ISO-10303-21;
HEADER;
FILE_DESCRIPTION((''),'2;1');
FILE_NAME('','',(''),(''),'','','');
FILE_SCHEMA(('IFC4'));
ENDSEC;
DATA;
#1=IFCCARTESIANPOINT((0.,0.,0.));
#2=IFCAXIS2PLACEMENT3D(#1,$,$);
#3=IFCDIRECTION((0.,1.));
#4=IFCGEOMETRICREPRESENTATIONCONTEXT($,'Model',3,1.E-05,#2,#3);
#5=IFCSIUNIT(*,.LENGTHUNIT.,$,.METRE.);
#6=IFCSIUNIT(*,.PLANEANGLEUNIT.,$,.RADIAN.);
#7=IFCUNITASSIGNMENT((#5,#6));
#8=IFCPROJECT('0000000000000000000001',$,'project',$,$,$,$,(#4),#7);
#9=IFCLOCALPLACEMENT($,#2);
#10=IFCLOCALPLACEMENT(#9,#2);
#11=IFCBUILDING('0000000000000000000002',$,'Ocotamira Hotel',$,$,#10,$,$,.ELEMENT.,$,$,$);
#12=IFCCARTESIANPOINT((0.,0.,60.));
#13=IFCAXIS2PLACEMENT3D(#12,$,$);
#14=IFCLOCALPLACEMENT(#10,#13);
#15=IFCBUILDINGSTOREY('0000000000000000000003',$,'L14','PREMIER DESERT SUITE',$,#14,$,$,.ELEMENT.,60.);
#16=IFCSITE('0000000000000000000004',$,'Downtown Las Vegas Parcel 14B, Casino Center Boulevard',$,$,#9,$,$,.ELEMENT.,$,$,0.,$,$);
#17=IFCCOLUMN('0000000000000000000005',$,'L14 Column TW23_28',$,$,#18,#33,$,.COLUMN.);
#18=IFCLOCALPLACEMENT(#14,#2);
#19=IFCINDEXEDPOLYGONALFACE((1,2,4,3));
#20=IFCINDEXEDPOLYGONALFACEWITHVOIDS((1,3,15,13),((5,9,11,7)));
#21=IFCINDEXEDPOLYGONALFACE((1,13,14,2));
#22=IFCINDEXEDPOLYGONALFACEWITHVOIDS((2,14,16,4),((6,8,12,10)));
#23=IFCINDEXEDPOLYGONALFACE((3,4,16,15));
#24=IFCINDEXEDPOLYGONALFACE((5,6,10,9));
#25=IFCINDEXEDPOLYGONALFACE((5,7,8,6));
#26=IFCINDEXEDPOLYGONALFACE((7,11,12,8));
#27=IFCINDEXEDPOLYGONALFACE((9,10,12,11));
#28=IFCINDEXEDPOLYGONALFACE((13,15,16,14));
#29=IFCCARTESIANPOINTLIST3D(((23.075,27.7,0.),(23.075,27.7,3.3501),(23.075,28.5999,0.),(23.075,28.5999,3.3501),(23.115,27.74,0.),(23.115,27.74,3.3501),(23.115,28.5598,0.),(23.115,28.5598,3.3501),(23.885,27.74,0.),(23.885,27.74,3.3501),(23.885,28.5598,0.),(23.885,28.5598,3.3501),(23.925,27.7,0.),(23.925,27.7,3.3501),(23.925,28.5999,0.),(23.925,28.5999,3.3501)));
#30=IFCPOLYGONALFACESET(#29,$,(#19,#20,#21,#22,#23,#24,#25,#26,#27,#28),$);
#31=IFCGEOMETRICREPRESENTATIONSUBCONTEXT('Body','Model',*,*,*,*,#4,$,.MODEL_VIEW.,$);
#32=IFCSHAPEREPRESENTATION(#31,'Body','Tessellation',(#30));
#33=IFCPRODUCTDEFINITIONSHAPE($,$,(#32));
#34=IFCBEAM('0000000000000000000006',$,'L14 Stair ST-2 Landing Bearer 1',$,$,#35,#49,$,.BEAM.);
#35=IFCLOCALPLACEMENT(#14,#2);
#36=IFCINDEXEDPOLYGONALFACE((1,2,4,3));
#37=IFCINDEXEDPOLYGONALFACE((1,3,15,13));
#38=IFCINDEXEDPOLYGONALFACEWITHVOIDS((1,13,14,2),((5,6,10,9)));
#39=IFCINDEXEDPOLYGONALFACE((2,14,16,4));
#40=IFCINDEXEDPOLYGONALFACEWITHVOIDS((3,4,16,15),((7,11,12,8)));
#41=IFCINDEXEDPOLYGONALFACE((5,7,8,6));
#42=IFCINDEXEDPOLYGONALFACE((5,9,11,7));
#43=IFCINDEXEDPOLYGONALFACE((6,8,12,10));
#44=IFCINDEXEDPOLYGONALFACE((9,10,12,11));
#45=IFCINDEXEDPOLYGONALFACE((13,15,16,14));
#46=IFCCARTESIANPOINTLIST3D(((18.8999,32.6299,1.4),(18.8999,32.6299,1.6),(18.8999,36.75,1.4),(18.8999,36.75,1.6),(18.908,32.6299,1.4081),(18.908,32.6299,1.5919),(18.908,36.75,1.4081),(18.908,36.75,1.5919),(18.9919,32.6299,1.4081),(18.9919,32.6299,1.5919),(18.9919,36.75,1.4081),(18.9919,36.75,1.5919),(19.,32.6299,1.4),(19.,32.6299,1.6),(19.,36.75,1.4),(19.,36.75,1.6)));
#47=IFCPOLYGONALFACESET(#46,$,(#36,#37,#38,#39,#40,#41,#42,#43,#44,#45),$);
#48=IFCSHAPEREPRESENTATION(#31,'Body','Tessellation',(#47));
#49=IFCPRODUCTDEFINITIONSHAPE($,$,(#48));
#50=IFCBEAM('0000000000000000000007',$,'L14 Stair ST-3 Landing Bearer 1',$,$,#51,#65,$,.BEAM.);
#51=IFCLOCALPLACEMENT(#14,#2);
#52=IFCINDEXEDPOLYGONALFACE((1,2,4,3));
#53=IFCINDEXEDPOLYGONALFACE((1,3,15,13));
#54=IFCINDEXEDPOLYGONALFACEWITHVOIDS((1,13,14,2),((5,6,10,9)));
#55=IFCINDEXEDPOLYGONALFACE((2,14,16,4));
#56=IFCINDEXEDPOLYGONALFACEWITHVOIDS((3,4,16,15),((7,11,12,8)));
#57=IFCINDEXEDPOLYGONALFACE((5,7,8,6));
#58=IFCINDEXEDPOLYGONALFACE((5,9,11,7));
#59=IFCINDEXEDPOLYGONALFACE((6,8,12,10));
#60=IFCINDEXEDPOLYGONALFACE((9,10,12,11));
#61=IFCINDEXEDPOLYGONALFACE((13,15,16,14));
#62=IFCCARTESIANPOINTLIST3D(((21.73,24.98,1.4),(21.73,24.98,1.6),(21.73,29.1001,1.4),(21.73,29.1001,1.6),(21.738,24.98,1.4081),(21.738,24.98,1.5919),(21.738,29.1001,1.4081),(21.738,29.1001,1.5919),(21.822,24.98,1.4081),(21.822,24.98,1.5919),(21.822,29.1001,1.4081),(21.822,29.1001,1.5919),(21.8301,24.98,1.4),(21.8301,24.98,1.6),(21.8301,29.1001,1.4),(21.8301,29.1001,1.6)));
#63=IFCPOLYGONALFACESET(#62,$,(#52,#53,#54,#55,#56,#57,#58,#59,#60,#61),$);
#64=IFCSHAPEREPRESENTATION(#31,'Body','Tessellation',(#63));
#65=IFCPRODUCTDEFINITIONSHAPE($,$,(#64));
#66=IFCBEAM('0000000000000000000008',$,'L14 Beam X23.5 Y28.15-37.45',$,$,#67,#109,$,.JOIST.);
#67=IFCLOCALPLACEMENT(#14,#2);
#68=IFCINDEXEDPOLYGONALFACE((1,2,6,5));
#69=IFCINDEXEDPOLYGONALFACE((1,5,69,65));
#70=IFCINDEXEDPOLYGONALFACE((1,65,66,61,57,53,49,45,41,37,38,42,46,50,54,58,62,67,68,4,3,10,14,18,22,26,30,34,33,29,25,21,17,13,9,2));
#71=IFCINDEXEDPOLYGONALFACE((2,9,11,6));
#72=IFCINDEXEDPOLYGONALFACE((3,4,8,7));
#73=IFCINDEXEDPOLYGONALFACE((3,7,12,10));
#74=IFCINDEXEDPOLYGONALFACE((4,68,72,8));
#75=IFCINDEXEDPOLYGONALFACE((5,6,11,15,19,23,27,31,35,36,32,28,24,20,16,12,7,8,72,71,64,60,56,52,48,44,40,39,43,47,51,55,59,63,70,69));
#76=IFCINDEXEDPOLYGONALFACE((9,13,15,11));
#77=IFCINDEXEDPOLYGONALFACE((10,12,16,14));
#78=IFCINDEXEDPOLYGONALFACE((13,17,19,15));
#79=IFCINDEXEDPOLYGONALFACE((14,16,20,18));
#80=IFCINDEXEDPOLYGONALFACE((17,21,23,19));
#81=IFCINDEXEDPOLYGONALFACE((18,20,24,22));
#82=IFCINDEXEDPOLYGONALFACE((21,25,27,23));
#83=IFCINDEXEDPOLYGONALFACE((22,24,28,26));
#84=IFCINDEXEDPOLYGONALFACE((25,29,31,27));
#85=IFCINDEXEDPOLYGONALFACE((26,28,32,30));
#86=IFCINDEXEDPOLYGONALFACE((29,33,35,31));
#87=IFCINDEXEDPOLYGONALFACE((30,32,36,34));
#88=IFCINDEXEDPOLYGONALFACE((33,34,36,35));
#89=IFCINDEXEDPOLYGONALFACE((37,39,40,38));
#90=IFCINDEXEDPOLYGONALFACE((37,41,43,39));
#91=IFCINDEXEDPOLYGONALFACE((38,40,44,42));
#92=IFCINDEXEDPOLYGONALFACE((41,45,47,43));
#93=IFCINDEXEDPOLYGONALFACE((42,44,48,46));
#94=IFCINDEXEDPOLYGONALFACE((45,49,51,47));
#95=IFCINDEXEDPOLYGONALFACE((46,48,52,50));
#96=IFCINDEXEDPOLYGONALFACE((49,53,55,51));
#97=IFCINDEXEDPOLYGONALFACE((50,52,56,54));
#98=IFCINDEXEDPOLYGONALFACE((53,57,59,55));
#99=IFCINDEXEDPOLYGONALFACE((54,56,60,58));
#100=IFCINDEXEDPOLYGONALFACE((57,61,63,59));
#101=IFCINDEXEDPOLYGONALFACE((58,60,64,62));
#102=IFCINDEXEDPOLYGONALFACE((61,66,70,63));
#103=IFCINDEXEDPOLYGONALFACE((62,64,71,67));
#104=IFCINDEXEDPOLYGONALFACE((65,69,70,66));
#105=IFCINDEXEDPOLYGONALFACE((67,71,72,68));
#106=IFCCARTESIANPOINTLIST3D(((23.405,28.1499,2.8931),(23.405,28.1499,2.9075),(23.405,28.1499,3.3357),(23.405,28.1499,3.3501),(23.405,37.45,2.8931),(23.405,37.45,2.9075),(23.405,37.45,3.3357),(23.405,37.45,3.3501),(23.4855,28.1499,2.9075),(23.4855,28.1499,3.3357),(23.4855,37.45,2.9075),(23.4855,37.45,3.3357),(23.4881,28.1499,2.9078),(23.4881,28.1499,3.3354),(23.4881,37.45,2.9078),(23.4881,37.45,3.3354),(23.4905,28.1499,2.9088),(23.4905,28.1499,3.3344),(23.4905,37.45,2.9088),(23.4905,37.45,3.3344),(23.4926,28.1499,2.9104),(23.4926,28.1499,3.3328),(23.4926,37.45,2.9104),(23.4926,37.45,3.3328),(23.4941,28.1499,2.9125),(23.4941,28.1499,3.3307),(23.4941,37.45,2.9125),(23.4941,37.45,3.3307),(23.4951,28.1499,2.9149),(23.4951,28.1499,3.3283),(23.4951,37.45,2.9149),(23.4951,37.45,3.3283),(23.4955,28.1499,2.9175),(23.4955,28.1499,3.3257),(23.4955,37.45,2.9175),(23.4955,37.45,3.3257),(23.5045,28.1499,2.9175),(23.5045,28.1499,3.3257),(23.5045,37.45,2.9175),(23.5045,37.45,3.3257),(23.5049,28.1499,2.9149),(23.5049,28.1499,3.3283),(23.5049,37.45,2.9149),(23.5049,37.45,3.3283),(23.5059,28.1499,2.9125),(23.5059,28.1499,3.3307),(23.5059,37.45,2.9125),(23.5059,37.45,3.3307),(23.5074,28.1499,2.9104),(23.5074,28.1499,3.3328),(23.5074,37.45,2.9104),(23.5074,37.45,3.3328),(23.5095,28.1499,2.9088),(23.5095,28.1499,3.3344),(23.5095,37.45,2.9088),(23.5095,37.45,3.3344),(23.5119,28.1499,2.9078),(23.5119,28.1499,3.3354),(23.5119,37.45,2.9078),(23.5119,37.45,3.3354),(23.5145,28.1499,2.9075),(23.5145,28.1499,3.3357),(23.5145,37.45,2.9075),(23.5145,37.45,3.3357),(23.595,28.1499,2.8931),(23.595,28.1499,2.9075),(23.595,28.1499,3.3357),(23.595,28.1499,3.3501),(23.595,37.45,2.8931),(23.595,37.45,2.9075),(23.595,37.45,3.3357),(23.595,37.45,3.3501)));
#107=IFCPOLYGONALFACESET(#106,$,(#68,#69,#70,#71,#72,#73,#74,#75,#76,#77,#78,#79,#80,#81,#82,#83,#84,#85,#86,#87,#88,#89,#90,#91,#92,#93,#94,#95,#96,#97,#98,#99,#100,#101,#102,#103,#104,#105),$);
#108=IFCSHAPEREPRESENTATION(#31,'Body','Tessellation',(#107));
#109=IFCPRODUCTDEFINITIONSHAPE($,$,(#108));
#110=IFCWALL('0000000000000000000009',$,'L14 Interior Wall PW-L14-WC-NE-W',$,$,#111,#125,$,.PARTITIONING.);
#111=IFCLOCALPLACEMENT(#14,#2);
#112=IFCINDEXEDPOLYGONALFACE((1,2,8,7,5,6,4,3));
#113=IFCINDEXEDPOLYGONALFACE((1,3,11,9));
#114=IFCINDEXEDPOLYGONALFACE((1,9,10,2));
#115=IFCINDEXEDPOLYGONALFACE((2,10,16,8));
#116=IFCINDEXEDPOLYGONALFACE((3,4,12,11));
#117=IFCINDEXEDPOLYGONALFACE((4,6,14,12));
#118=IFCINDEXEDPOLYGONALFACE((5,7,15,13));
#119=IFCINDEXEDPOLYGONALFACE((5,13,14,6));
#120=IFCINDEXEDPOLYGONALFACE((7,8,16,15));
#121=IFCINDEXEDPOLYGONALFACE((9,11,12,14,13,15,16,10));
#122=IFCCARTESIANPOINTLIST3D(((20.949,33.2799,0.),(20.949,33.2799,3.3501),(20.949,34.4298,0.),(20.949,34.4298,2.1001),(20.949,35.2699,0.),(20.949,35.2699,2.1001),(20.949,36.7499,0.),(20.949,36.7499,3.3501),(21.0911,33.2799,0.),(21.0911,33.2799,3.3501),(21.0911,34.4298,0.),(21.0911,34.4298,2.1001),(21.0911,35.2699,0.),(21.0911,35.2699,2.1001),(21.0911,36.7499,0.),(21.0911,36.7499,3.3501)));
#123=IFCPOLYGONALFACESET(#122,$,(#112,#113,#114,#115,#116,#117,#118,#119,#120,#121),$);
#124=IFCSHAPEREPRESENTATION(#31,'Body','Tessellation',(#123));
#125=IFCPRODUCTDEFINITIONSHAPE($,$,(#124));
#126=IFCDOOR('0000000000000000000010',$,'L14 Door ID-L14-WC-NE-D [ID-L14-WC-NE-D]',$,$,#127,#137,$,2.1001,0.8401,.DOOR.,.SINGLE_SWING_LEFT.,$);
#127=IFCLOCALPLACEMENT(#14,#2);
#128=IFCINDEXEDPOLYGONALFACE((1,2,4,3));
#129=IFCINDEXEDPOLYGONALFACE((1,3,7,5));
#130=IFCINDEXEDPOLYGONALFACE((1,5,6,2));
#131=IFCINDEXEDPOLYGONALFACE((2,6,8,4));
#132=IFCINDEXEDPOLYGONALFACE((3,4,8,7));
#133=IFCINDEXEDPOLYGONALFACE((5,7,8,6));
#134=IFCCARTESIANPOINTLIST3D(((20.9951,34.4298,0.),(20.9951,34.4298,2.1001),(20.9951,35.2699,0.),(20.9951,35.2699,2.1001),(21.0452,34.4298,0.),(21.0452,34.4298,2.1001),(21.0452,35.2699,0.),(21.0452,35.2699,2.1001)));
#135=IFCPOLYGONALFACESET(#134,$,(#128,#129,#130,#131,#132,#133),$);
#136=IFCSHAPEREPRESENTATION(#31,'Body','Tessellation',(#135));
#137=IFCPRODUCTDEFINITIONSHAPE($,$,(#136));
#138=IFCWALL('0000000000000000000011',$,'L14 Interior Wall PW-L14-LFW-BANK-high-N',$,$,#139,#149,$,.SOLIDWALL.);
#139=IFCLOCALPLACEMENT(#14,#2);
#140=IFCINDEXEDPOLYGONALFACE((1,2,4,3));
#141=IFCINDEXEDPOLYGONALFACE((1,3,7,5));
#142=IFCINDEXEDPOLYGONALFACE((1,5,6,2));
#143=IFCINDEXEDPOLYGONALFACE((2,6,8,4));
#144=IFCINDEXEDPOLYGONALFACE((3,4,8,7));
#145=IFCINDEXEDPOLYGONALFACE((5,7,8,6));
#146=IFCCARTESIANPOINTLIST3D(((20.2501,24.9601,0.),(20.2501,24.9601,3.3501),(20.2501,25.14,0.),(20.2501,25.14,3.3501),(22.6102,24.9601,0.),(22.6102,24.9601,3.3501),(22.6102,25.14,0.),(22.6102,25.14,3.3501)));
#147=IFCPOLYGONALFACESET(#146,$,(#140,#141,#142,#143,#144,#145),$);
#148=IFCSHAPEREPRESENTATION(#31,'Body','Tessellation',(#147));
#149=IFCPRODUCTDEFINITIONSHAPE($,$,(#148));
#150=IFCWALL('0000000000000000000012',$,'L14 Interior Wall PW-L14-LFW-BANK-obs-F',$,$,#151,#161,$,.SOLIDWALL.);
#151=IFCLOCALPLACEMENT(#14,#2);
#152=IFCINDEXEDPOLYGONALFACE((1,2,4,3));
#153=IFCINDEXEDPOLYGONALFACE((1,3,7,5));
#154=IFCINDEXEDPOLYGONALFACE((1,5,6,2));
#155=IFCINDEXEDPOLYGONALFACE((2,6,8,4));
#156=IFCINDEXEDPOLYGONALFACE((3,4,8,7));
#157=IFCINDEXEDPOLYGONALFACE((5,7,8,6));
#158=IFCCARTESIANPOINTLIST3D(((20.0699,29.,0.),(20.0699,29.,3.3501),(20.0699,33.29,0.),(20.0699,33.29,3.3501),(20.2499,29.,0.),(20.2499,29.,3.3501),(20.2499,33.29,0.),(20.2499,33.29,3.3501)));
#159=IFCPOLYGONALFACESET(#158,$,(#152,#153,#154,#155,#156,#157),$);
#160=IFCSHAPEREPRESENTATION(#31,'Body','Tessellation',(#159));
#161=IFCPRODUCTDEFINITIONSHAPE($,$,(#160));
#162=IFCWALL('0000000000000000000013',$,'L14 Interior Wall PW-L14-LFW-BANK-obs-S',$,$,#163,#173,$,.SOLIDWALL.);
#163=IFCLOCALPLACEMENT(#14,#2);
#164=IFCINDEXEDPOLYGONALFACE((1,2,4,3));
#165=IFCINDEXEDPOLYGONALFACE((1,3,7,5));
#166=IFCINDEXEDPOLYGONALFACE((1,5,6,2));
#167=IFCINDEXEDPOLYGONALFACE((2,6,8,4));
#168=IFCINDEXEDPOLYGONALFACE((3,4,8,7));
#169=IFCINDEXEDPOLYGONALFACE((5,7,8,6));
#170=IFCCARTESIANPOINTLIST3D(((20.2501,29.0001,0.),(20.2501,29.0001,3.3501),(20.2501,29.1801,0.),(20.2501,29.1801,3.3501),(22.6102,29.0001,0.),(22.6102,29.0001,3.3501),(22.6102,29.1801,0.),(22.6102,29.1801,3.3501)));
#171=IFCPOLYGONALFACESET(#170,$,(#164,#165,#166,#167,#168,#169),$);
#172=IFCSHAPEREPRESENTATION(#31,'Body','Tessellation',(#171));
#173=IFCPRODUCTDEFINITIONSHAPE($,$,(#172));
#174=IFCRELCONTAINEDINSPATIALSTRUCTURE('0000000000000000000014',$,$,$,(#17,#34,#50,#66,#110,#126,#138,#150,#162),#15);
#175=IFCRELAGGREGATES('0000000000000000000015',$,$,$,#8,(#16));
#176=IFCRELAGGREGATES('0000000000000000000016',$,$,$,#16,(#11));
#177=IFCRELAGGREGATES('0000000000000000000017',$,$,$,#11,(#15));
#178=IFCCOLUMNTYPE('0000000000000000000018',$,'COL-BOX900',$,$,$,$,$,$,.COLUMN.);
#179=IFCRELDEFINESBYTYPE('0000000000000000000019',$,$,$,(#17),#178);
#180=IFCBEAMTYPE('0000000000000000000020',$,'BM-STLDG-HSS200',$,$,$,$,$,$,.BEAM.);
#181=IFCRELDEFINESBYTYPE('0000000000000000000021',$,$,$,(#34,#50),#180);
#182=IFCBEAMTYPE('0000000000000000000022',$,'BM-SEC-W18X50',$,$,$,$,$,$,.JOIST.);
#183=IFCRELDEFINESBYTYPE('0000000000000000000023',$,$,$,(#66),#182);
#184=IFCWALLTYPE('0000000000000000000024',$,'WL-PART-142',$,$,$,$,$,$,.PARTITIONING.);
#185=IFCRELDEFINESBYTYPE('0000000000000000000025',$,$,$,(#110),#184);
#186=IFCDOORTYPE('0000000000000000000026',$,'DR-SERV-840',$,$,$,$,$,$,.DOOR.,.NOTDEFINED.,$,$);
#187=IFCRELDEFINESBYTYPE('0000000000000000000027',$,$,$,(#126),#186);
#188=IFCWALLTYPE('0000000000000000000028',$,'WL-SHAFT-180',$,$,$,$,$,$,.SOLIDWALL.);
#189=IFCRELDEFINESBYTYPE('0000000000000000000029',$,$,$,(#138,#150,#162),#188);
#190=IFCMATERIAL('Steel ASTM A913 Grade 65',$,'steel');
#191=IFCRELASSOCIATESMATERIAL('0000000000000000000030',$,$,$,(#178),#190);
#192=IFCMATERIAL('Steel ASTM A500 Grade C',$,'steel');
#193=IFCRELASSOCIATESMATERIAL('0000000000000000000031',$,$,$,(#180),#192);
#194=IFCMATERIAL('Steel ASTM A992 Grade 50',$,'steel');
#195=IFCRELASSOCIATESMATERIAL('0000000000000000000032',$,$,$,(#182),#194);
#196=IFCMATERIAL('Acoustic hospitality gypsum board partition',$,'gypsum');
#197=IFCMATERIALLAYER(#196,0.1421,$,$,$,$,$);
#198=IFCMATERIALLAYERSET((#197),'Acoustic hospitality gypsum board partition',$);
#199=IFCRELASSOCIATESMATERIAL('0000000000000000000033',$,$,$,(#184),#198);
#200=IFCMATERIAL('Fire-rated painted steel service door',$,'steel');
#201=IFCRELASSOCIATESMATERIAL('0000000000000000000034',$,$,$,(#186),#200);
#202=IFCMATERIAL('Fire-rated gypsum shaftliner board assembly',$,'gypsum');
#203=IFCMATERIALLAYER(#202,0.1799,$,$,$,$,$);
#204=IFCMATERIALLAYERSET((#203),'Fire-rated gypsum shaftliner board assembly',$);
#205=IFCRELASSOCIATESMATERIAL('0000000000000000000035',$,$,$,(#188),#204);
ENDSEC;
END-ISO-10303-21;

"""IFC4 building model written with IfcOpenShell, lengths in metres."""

from ifc_helpers import new_model, si_unit, direction, frame, frame_2d, origin, origin_2d, place, context, subcontext, project, spatial, rectangle, hollow_rectangle, i_section, extrude, source, transform, mapped, material, layer, layer_set, material_profile, profile_set, type_object, element, fill, save


model = new_model("IFC4")

# Units and contexts
model_context = context("Model", 3, precision=1e-05, world=origin(), true_north=direction((0.0, 1.0)))
body_context = subcontext(model_context, "Body", "Model", "MODEL_VIEW")
ifc_project = project(units=[si_unit("LENGTHUNIT", "METRE"), si_unit("PLANEANGLEUNIT", "RADIAN")], contexts=[model_context])

# Site, building, storey
site_placement = place(None, origin())
site = spatial("IfcSite", under=ifc_project, at=site_placement, Name="Downtown Las Vegas Parcel 14B, Casino Center Boulevard", CompositionType="ELEMENT", RefElevation=0.0)
building_placement = place(site_placement, origin())
building = spatial("IfcBuilding", under=site, at=building_placement, Name="Ocotamira Hotel", CompositionType="ELEMENT")
storey_placement = place(building_placement, frame((0.0, 0.0, 60.0)))
storey = spatial("IfcBuildingStorey", under=building, at=storey_placement, Name="L14", Description="PREMIER DESERT SUITE", CompositionType="ELEMENT", Elevation=60.0)

# Column
ifc_material_1 = material(Name="Steel ASTM A913 Grade 65", Category="steel")
ifc_material_profile_1 = material_profile(ifc_material_1, hollow_rectangle(XDim=0.8501, YDim=0.8999, WallThickness=0.04, at=origin_2d()), Name="BOX900X850X40")
ifc_profile_set_1 = profile_set([ifc_material_profile_1], Name="Steel ASTM A913 Grade 65")
column_type = type_object("IfcColumnType", Name="COL-BOX900", PredefinedType="COLUMN", material=ifc_profile_set_1)
shared_shape_1 = source(origin(), body_context, "Body", "SweptSolid", [
    extrude(hollow_rectangle(XDim=0.8501, YDim=0.8999, WallThickness=0.04, at=origin_2d()), origin(), (0.0, 0.0, 1.0), 3.3501),
])
column_placement = place(storey_placement, frame((23.5, 28.1499, 0.0), z_axis=(0.0, 0.0, 1.0), x_axis=(1.0, 0.0, 0.0)))
element("IfcColumn", 1, at=column_placement, inside=storey, type_object=column_type, Name="L14 Column TW23_28", PredefinedType="COLUMN", context=body_context, shape_type="MappedRepresentation", body=[
    mapped(shared_shape_1, transform((0.0, 0.0, 0.0), scale=1.0)),
])

# Beams
ifc_material_2 = material(Name="Steel ASTM A500 Grade C", Category="steel")
ifc_material_profile_2 = material_profile(ifc_material_2, hollow_rectangle(XDim=0.1001, YDim=0.2, WallThickness=0.0081, at=origin_2d()), Name="HSS200X100X8")
ifc_profile_set_2 = profile_set([ifc_material_profile_2], Name="Steel ASTM A500 Grade C")
beam_type_1 = type_object("IfcBeamType", Name="BM-STLDG-HSS200", PredefinedType="BEAM", material=ifc_profile_set_2)
shared_shape_2 = source(origin(), body_context, "Body", "SweptSolid", [
    extrude(hollow_rectangle(XDim=0.1001, YDim=0.2, WallThickness=0.0081, at=origin_2d()), origin(), (0.0, 0.0, 1.0), 4.1201),
])
for number, where, z_axis, x_axis, name in (
    (2, (18.95, 32.6299, 1.5), (0.0, 1.0, 0.0), (-1.0, 0.0, 0.0), "L14 Stair ST-2 Landing Bearer 1"),
    (3, (21.78, 24.98, 1.5), (0.0, 1.0, 0.0), (-1.0, 0.0, 0.0), "L14 Stair ST-3 Landing Bearer 1"),
):
    element("IfcBeam", number, at=place(storey_placement, frame(where, z_axis=z_axis, x_axis=x_axis)), inside=storey, type_object=beam_type_1, Name=name, PredefinedType="BEAM", context=body_context, shape_type="MappedRepresentation", body=[
        mapped(shared_shape_2, transform((0.0, 0.0, 0.0), scale=1.0)),
    ])
ifc_material_3 = material(Name="Steel ASTM A992 Grade 50", Category="steel")
ifc_material_profile_3 = material_profile(ifc_material_3, i_section(OverallWidth=0.1899, OverallDepth=0.457, WebThickness=0.009, FlangeThickness=0.0144, FilletRadius=0.01, at=origin_2d()), Name="W18X50")
ifc_profile_set_3 = profile_set([ifc_material_profile_3], Name="Steel ASTM A992 Grade 50")
beam_type_2 = type_object("IfcBeamType", Name="BM-SEC-W18X50", PredefinedType="JOIST", material=ifc_profile_set_3)
shared_shape_3 = source(origin(), body_context, "Body", "SweptSolid", [
    extrude(i_section(OverallWidth=0.1899, OverallDepth=0.457, WebThickness=0.009, FlangeThickness=0.0144, FilletRadius=0.01, at=origin_2d()), origin(), (0.0, 0.0, 1.0), 9.3),
])
beam_placement = place(storey_placement, frame((23.5, 28.1499, 3.1216), z_axis=(0.0, 1.0, 0.0), x_axis=(-1.0, 0.0, 0.0)))
element("IfcBeam", 4, at=beam_placement, inside=storey, type_object=beam_type_2, Name="L14 Beam X23.5 Y28.15-37.45", PredefinedType="JOIST", context=body_context, shape_type="MappedRepresentation", body=[
    mapped(shared_shape_3, transform((0.0, 0.0, 0.0), scale=1.0)),
])

# Wall, opening, door
ifc_material_4 = material(Name="Acoustic hospitality gypsum board partition", Category="gypsum")
ifc_layer_1 = layer(ifc_material_4, 0.1421)
ifc_layer_set_1 = layer_set([ifc_layer_1], Name="Acoustic hospitality gypsum board partition")
wall_type_1 = type_object("IfcWallType", Name="WL-PART-142", PredefinedType="PARTITIONING", material=ifc_layer_set_1)
wall_1_placement = place(storey_placement, frame((21.02, 33.28, 0.0), z_axis=(0.0, 0.0, 1.0), x_axis=(0.0, 1.0, 0.0)))
wall_1 = element("IfcWall", 5, at=wall_1_placement, inside=storey, type_object=wall_type_1, Name="L14 Interior Wall PW-L14-WC-NE-W", PredefinedType="PARTITIONING", context=body_context, shape_type="SweptSolid", body=[
    extrude(rectangle(XDim=3.47, YDim=0.1421, at=frame_2d((1.7349, 0.0))), origin(), (0.0, 0.0, 1.0), 3.3501),
])
opening_1_placement = place(wall_1_placement, frame((1.1499, 0.0, 0.0)))
opening_1 = element("IfcOpeningElement", 6, at=opening_1_placement, cuts=wall_1, PredefinedType="OPENING", context=body_context, shape_type="SweptSolid", body=[
    extrude(rectangle(XDim=0.8401, YDim=2.1001, at=frame_2d((0.4199, 1.05))), frame((0.0, 0.0811, 0.0), z_axis=(0.0, -1.0, 0.0), x_axis=(1.0, 0.0, 0.0)), (0.0, 0.0, 1.0), 0.1621),
])
ifc_material_5 = material(Name="Fire-rated painted steel service door", Category="steel")
door_type_1 = type_object("IfcDoorType", Name="DR-SERV-840", OperationType="NOTDEFINED", PredefinedType="DOOR", material=ifc_material_5)
shared_shape_4 = source(origin(), body_context, "Body", "SweptSolid", [
    extrude(rectangle(XDim=0.8401, YDim=2.1001, at=frame_2d((0.4199, 1.05))), frame((0.0, 0.0249, 0.0), z_axis=(0.0, -1.0, 0.0), x_axis=(1.0, 0.0, 0.0)), (0.0, 0.0, 1.0), 0.05),
])
door_1_placement = place(opening_1_placement, origin())
door_1 = element("IfcDoor", 7, at=door_1_placement, inside=storey, type_object=door_type_1, Name="L14 Door ID-L14-WC-NE-D [ID-L14-WC-NE-D]", OperationType="SINGLE_SWING_LEFT", OverallHeight=2.1001, OverallWidth=0.8401, PredefinedType="DOOR", context=body_context, shape_type="MappedRepresentation", body=[
    mapped(shared_shape_4, transform((0.0, 0.0, 0.0), scale=1.0)),
])
fill(opening_1, door_1)

# Walls
ifc_material_6 = material(Name="Fire-rated gypsum shaftliner board assembly", Category="gypsum")
ifc_layer_2 = layer(ifc_material_6, 0.1799)
ifc_layer_set_2 = layer_set([ifc_layer_2], Name="Fire-rated gypsum shaftliner board assembly")
wall_type_2 = type_object("IfcWallType", Name="WL-SHAFT-180", PredefinedType="SOLIDWALL", material=ifc_layer_set_2)
wall_2_placement = place(storey_placement, frame((20.25, 25.05, 0.0), z_axis=(0.0, 0.0, 1.0), x_axis=(1.0, 0.0, 0.0)))
element("IfcWall", 8, at=wall_2_placement, inside=storey, type_object=wall_type_2, Name="L14 Interior Wall PW-L14-LFW-BANK-high-N", PredefinedType="SOLIDWALL", context=body_context, shape_type="SweptSolid", body=[
    extrude(rectangle(XDim=2.3601, YDim=0.1799, at=frame_2d((1.1802, 0.0))), origin(), (0.0, 0.0, 1.0), 3.3501),
])
wall_3_placement = place(storey_placement, frame((20.1599, 29.0, 0.0), z_axis=(0.0, 0.0, 1.0), x_axis=(0.0, 1.0, 0.0)))
element("IfcWall", 9, at=wall_3_placement, inside=storey, type_object=wall_type_2, Name="L14 Interior Wall PW-L14-LFW-BANK-obs-F", PredefinedType="SOLIDWALL", context=body_context, shape_type="SweptSolid", body=[
    extrude(rectangle(XDim=4.29, YDim=0.1799, at=frame_2d((2.145, 0.0))), origin(), (0.0, 0.0, 1.0), 3.3501),
])
wall_4_placement = place(storey_placement, frame((20.25, 29.0901, 0.0), z_axis=(0.0, 0.0, 1.0), x_axis=(1.0, 0.0, 0.0)))
element("IfcWall", 10, at=wall_4_placement, inside=storey, type_object=wall_type_2, Name="L14 Interior Wall PW-L14-LFW-BANK-obs-S", PredefinedType="SOLIDWALL", context=body_context, shape_type="SweptSolid", body=[
    extrude(rectangle(XDim=2.3601, YDim=0.1799, at=frame_2d((1.1802, 0.0))), origin(), (0.0, 0.0, 1.0), 3.3501),
])

save(model, "model.ifc")
